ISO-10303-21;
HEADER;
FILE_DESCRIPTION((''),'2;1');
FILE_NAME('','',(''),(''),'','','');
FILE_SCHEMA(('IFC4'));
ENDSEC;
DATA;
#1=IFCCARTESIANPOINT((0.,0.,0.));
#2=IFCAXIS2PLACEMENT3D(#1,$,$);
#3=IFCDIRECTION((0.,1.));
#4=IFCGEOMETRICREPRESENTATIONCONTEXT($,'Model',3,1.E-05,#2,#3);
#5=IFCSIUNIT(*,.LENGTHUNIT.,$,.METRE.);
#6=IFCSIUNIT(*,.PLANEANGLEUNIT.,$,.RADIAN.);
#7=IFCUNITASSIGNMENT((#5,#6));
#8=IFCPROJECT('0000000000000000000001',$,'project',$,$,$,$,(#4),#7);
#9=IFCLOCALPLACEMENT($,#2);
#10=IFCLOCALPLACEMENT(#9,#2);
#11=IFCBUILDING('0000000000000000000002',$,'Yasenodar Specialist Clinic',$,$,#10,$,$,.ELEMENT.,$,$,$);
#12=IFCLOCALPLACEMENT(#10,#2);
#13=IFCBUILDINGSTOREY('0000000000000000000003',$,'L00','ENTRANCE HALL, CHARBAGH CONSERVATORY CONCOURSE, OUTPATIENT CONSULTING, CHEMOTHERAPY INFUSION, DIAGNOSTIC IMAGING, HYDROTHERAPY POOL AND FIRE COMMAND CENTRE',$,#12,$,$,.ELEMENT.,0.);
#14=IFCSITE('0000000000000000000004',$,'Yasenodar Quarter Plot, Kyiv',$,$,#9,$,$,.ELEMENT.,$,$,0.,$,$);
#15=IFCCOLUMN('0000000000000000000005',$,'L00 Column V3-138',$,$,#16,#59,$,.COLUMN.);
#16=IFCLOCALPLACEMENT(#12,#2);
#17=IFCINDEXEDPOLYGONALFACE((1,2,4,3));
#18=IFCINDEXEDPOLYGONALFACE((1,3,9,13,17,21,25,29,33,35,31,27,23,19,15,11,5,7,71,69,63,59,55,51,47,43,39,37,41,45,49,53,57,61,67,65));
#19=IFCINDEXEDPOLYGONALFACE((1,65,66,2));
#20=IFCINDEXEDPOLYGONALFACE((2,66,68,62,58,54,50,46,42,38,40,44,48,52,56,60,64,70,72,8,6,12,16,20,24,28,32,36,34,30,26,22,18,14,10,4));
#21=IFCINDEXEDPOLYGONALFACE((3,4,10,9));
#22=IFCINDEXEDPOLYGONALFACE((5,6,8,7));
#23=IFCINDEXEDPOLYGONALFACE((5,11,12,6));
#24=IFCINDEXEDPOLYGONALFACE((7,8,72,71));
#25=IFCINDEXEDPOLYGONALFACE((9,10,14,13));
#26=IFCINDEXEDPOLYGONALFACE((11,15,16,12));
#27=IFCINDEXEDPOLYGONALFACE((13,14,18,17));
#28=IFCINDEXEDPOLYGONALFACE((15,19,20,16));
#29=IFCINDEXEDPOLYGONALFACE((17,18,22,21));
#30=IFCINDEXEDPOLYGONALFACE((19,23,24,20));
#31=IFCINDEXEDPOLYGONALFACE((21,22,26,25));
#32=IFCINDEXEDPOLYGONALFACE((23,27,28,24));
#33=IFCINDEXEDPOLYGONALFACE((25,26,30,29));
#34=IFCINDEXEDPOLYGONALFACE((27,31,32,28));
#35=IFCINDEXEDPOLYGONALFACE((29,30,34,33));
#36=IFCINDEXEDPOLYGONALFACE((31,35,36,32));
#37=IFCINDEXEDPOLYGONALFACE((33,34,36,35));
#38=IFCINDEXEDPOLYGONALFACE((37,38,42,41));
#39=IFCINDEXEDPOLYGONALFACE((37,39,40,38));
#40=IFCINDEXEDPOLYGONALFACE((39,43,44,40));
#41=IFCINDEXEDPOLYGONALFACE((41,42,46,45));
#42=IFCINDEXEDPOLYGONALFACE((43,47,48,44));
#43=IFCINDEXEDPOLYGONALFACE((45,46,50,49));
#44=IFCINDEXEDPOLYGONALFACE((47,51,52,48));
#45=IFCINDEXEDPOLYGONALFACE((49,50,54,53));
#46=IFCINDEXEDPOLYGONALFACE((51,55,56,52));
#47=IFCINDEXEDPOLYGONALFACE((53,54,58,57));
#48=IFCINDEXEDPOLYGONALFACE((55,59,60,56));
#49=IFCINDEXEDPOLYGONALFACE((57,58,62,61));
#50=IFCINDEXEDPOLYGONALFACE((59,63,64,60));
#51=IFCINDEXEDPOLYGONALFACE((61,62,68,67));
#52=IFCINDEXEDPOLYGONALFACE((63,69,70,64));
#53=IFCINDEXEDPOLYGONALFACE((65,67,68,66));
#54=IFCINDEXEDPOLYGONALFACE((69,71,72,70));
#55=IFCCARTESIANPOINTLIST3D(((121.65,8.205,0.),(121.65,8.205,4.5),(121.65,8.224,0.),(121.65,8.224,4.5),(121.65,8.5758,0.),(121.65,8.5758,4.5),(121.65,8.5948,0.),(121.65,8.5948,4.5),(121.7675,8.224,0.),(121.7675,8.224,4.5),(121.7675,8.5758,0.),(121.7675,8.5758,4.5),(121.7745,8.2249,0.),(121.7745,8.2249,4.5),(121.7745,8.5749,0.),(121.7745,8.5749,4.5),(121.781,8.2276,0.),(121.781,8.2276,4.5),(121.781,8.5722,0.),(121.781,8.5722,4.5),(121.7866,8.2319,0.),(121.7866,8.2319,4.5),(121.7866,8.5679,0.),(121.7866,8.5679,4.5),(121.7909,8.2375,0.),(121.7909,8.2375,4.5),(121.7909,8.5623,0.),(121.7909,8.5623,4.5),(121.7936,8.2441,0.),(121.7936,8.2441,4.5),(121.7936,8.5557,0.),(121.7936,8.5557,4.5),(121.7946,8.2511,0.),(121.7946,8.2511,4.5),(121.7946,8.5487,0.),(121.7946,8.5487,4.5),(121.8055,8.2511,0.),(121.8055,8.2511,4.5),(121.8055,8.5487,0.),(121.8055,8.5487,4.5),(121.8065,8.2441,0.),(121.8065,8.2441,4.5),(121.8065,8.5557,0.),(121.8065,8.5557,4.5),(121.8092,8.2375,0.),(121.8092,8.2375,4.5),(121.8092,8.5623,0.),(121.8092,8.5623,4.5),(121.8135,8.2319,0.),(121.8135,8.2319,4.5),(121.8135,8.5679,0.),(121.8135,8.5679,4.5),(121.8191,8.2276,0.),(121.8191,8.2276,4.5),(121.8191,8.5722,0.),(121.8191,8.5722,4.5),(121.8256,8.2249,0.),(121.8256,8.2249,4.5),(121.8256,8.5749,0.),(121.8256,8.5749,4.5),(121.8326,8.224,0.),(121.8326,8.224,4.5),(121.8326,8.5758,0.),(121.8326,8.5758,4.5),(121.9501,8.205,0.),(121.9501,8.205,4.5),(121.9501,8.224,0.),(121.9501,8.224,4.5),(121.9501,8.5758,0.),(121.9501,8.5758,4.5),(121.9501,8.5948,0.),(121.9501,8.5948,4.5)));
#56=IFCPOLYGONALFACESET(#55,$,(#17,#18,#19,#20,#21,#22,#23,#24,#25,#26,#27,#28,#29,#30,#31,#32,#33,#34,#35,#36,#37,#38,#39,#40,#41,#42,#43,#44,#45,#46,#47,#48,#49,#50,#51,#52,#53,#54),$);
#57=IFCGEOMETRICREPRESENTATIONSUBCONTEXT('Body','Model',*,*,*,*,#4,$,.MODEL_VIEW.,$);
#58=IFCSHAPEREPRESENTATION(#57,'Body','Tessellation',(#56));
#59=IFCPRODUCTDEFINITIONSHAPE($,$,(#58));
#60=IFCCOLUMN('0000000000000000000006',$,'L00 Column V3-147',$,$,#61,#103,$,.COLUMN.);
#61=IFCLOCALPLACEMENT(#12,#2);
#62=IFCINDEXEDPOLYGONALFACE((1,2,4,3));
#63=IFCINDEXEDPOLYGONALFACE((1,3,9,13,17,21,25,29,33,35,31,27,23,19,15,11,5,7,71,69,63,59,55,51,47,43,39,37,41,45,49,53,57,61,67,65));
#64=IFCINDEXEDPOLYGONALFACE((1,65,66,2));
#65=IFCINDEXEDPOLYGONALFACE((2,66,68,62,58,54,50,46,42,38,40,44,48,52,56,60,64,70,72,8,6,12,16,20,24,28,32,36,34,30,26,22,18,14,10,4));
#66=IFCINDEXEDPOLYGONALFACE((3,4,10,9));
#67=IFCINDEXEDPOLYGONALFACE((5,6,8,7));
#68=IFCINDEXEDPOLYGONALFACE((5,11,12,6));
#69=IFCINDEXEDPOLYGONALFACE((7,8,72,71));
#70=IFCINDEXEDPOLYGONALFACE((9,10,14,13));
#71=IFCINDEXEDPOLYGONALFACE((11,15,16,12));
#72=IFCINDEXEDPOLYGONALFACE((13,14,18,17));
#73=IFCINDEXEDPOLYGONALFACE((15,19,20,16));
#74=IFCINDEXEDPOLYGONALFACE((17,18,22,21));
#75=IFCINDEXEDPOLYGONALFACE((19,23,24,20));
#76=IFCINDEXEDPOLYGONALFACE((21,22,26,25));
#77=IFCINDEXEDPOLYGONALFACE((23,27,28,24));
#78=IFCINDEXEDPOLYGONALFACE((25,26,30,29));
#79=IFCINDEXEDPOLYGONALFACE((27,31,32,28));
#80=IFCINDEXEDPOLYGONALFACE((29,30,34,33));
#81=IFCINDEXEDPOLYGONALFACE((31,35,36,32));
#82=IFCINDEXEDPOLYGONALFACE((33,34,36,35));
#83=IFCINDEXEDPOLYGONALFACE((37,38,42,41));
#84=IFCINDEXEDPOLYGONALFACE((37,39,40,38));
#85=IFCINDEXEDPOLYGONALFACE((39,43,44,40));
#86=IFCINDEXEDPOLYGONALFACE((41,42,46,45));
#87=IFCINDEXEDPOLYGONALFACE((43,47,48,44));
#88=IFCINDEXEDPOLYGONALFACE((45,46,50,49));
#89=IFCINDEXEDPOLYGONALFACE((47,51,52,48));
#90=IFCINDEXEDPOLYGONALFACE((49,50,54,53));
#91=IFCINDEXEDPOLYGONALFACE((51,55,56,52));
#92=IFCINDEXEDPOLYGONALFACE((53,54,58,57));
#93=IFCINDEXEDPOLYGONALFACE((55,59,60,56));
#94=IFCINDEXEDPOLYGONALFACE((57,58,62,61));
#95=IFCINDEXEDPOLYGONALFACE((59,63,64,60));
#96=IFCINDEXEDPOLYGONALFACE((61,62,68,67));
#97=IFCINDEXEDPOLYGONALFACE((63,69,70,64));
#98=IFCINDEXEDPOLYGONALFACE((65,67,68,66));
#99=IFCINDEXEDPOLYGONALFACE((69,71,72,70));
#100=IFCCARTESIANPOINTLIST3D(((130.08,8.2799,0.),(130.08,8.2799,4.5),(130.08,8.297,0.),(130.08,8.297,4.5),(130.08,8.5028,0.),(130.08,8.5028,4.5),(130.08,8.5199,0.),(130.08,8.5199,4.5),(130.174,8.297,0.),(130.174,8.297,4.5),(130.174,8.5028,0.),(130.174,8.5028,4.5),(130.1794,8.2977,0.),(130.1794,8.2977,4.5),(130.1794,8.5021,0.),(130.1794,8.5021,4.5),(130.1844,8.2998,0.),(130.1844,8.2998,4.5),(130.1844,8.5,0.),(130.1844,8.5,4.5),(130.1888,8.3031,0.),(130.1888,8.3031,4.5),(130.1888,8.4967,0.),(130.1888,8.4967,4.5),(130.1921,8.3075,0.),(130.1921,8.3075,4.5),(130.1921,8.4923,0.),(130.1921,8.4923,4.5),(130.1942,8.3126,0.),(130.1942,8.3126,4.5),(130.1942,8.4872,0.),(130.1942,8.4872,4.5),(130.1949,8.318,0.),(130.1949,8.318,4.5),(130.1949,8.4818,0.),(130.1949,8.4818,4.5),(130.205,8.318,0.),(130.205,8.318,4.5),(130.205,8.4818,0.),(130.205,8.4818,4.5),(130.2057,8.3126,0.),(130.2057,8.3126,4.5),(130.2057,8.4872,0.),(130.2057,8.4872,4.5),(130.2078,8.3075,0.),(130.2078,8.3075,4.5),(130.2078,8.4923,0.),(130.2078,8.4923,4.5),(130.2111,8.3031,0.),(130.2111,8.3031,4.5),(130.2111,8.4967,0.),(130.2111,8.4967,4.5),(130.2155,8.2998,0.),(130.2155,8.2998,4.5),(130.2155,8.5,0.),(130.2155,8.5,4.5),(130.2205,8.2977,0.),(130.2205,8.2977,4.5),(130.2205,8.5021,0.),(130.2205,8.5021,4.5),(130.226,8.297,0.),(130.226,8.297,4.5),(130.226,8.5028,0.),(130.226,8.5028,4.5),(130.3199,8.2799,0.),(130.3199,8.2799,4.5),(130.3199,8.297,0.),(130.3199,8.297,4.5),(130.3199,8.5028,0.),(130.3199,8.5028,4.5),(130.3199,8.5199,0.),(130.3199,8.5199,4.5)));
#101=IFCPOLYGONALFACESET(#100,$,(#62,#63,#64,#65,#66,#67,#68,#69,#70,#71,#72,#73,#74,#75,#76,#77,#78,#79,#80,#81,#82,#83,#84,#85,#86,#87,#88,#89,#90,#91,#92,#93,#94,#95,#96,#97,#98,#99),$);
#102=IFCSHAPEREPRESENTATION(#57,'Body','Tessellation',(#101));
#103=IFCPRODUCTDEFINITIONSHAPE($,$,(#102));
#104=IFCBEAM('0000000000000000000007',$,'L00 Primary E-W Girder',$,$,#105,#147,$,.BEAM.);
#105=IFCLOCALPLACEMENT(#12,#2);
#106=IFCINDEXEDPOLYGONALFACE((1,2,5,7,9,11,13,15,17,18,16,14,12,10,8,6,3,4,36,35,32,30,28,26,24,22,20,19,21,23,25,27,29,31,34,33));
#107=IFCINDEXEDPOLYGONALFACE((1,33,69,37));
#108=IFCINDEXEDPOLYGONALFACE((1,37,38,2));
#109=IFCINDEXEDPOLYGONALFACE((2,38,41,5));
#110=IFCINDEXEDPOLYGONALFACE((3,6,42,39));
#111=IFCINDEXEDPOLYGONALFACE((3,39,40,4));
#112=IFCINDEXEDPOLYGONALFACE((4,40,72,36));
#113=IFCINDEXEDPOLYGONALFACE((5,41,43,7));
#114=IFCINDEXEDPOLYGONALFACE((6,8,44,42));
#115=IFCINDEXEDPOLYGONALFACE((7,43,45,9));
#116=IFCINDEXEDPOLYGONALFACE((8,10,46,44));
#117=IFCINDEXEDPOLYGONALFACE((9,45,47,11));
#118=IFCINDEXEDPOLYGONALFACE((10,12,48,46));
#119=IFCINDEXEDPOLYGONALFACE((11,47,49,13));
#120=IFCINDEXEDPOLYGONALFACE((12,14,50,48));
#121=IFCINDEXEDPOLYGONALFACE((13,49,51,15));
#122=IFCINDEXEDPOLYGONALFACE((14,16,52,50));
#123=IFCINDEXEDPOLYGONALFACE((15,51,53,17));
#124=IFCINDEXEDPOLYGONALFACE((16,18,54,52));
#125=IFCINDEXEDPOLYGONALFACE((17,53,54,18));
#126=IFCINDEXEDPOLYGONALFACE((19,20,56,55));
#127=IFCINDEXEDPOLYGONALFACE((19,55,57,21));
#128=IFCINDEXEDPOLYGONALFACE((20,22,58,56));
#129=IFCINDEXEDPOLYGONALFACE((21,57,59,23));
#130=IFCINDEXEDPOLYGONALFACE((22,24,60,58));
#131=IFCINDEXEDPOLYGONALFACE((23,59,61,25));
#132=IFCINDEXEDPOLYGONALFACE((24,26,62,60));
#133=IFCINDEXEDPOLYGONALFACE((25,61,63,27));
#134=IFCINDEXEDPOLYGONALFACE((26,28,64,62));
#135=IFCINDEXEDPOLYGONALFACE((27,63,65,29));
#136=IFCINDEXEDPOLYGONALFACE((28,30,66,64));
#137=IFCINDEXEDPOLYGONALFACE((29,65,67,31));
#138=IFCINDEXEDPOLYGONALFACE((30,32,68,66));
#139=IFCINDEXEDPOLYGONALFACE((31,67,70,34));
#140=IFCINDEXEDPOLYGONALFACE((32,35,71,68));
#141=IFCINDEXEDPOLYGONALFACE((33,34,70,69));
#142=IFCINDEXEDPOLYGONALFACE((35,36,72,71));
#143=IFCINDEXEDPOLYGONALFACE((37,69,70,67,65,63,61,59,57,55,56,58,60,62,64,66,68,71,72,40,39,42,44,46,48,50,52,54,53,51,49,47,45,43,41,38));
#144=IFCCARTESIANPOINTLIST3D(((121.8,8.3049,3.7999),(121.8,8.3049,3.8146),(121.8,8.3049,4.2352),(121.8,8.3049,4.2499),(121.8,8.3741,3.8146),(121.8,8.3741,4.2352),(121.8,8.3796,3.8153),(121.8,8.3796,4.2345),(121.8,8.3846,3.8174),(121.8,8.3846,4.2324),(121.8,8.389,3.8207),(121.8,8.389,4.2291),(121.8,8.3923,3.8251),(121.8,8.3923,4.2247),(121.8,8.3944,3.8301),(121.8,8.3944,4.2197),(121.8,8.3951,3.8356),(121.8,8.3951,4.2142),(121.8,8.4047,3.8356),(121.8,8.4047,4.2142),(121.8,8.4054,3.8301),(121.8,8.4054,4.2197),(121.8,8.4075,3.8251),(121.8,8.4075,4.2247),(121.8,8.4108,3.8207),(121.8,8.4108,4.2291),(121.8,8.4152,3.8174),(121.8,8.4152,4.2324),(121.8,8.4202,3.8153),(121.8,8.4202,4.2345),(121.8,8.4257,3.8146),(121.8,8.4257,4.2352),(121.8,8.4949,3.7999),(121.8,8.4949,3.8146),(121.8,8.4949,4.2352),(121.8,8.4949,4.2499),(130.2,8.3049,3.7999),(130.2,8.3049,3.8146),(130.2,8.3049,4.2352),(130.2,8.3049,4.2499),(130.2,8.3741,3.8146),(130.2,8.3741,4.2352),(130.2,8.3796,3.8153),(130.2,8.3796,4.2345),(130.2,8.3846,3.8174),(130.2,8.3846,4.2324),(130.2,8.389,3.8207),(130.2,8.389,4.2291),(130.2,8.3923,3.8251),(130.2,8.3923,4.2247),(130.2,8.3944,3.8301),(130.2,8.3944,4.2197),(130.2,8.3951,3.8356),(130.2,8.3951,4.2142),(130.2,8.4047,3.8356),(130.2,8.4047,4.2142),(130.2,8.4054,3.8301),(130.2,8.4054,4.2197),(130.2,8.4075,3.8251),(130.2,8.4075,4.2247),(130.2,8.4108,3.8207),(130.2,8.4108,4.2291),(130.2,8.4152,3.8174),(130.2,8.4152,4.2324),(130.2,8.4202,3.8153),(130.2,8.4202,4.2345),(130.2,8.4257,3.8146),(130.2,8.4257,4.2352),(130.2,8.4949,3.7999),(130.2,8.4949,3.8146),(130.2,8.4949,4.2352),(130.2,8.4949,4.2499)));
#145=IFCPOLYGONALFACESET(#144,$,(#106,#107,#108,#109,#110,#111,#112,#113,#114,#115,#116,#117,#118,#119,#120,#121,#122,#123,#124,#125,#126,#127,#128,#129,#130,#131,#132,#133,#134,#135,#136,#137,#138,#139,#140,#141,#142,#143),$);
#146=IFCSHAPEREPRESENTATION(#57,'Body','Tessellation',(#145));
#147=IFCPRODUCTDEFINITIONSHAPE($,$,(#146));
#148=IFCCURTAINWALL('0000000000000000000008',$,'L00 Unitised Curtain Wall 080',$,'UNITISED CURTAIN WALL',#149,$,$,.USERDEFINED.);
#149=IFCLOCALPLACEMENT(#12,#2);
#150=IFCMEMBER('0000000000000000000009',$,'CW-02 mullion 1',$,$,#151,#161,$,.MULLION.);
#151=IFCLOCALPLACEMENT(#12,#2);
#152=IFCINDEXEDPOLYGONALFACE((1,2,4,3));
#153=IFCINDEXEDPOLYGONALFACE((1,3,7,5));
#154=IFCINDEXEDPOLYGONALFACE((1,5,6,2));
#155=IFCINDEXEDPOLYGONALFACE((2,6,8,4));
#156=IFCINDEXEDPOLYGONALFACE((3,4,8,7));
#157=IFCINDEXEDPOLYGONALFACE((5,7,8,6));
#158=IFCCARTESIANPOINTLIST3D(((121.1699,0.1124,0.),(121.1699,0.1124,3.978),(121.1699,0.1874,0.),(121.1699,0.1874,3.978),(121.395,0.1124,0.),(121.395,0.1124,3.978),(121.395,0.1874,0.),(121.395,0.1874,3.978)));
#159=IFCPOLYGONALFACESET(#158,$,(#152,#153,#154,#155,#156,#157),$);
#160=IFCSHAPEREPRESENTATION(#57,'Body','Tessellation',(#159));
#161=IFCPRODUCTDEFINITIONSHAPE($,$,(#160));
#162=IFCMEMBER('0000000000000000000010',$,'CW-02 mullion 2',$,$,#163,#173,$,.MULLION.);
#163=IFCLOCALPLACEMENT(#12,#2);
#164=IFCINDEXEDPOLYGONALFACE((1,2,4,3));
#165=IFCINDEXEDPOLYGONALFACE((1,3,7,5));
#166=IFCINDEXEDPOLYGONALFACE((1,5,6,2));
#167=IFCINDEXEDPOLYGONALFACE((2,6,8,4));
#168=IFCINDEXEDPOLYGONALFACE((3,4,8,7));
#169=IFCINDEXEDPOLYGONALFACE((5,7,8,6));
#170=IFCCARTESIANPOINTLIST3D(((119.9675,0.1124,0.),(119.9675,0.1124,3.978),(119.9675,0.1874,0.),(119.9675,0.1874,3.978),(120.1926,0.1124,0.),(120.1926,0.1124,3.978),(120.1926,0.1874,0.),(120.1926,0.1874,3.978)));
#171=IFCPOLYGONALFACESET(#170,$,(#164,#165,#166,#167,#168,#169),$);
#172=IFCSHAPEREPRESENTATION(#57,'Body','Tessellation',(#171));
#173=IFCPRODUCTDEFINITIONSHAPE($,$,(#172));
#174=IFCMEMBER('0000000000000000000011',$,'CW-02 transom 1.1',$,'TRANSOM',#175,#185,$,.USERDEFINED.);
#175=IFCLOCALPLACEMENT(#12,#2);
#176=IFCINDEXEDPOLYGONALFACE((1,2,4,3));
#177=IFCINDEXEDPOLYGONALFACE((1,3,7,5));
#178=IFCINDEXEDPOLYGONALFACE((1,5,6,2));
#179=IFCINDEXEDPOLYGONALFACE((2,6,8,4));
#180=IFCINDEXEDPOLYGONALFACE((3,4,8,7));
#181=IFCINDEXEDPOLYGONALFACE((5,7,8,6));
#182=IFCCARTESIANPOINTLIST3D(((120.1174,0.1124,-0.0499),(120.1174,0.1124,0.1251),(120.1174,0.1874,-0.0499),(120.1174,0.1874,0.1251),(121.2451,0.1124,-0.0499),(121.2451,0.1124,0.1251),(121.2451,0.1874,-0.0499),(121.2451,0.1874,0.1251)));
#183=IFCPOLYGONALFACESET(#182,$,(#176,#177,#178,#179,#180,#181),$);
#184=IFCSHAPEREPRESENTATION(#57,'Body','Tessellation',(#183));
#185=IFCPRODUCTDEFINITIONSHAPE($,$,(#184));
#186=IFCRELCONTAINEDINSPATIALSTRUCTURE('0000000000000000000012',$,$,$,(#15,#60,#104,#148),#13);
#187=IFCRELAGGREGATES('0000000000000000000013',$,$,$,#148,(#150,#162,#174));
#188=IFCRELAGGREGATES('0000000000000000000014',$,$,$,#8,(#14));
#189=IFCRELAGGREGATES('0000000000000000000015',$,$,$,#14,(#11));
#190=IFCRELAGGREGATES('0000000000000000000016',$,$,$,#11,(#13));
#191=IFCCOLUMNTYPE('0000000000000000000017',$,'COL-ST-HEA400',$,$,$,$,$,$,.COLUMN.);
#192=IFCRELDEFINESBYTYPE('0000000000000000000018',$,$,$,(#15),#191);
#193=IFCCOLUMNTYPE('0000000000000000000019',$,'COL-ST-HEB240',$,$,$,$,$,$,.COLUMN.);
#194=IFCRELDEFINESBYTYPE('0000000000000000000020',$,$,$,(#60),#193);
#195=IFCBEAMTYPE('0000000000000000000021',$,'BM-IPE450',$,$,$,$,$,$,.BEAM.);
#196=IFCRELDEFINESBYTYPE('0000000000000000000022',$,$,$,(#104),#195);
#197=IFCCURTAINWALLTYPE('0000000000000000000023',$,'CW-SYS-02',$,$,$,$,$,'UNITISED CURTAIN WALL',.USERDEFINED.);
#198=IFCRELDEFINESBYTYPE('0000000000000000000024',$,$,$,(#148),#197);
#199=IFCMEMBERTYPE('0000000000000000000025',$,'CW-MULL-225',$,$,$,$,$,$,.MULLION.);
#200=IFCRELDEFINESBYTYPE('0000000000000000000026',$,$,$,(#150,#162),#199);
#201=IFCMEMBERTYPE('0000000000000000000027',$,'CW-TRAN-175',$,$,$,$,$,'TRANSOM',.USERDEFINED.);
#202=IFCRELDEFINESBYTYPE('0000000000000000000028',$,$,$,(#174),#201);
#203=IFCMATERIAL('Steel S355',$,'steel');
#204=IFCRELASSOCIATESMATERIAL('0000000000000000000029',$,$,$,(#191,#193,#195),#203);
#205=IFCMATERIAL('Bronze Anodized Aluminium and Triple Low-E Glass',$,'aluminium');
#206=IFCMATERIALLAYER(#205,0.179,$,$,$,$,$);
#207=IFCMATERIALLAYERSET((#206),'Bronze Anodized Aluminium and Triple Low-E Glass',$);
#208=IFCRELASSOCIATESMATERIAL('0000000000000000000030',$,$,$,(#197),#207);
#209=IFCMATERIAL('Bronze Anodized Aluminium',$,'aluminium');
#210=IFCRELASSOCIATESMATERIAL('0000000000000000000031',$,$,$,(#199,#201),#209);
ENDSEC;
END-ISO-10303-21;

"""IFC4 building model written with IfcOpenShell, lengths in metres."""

from ifc_helpers import new_model, si_unit, direction, frame, origin, origin_2d, place, context, subcontext, project, spatial, rectangle, i_section, extrude, material, layer, layer_set, material_profile, profile_set, type_object, element, aggregate, save


model = new_model("IFC4")

# Units and contexts
model_context = context("Model", 3, precision=1e-05, world=origin(), true_north=direction((0.0, 1.0)))
body_context = subcontext(model_context, "Body", "Model", "MODEL_VIEW")
ifc_project = project(units=[si_unit("LENGTHUNIT", "METRE"), si_unit("PLANEANGLEUNIT", "RADIAN")], contexts=[model_context])

# Site, building, storey
site_placement = place(None, origin())
site = spatial("IfcSite", under=ifc_project, at=site_placement, Name="Yasenodar Quarter Plot, Kyiv", CompositionType="ELEMENT", RefElevation=0.0)
building_placement = place(site_placement, origin())
building = spatial("IfcBuilding", under=site, at=building_placement, Name="Yasenodar Specialist Clinic", CompositionType="ELEMENT")
storey_placement = place(building_placement, origin())
storey = spatial("IfcBuildingStorey", under=building, at=storey_placement, Name="L00", Description="ENTRANCE HALL, CHARBAGH CONSERVATORY CONCOURSE, OUTPATIENT CONSULTING, CHEMOTHERAPY INFUSION, DIAGNOSTIC IMAGING, HYDROTHERAPY POOL AND FIRE COMMAND CENTRE", CompositionType="ELEMENT", Elevation=0.0)

# Columns
ifc_material_1 = material(Name="Steel S355", Category="steel")
ifc_material_profile_1 = material_profile(ifc_material_1, i_section(OverallWidth=0.3, OverallDepth=0.3899, WebThickness=0.011, FlangeThickness=0.019, FilletRadius=0.0271, at=origin_2d()), Name="HEA 400")
ifc_profile_set_1 = profile_set([ifc_material_profile_1], Name="Steel S355")
column_type_1 = type_object("IfcColumnType", Name="COL-ST-HEA400", PredefinedType="COLUMN", material=ifc_profile_set_1)
column_1_placement = place(storey_placement, frame((121.8, 8.3999, 0.0), z_axis=(0.0, 0.0, 1.0), x_axis=(1.0, 0.0, 0.0)))
element("IfcColumn", 1, at=column_1_placement, inside=storey, type_object=column_type_1, Name="L00 Column V3-138", PredefinedType="COLUMN", context=body_context, shape_type="SweptSolid", body=[
    extrude(i_section(OverallWidth=0.3, OverallDepth=0.3899, WebThickness=0.011, FlangeThickness=0.019, FilletRadius=0.0271, at=origin_2d()), origin(), (0.0, 0.0, 1.0), 4.5),
])
ifc_material_profile_2 = material_profile(ifc_material_1, i_section(OverallWidth=0.24, OverallDepth=0.24, WebThickness=0.01, FlangeThickness=0.0171, FilletRadius=0.021, at=origin_2d()), Name="HEB 240")
ifc_profile_set_2 = profile_set([ifc_material_profile_2], Name="Steel S355")
column_type_2 = type_object("IfcColumnType", Name="COL-ST-HEB240", PredefinedType="COLUMN", material=ifc_profile_set_2)
column_2_placement = place(storey_placement, frame((130.2, 8.3999, 0.0), z_axis=(0.0, 0.0, 1.0), x_axis=(1.0, 0.0, 0.0)))
element("IfcColumn", 2, at=column_2_placement, inside=storey, type_object=column_type_2, Name="L00 Column V3-147", PredefinedType="COLUMN", context=body_context, shape_type="SweptSolid", body=[
    extrude(i_section(OverallWidth=0.24, OverallDepth=0.24, WebThickness=0.01, FlangeThickness=0.0171, FilletRadius=0.021, at=origin_2d()), origin(), (0.0, 0.0, 1.0), 4.5),
])

# Beam
ifc_material_profile_3 = material_profile(ifc_material_1, i_section(OverallWidth=0.1899, OverallDepth=0.45, WebThickness=0.0095, FlangeThickness=0.0146, FilletRadius=0.021, at=origin_2d()), Name="IPE 450")
ifc_profile_set_3 = profile_set([ifc_material_profile_3], Name="Steel S355")
beam_type_1 = type_object("IfcBeamType", Name="BM-IPE450", PredefinedType="BEAM", material=ifc_profile_set_3)
beam_1_placement = place(storey_placement, frame((121.8, 8.3999, 4.0249), z_axis=(1.0, 0.0, 0.0), x_axis=(0.0, 1.0, 0.0)))
element("IfcBeam", 3, at=beam_1_placement, inside=storey, type_object=beam_type_1, Name="L00 Primary E-W Girder", PredefinedType="BEAM", context=body_context, shape_type="SweptSolid", body=[
    extrude(i_section(OverallWidth=0.1899, OverallDepth=0.45, WebThickness=0.0095, FlangeThickness=0.0146, FilletRadius=0.021, at=origin_2d()), origin(), (0.0, 0.0, 1.0), 8.3999),
])

# Curtain wall, members
ifc_material_2 = material(Name="Bronze Anodized Aluminium and Triple Low-E Glass", Category="aluminium")
ifc_layer_1 = layer(ifc_material_2, 0.179)
ifc_layer_set_1 = layer_set([ifc_layer_1], Name="Bronze Anodized Aluminium and Triple Low-E Glass")
curtain_wall_type = type_object("IfcCurtainWallType", Name="CW-SYS-02", ElementType="UNITISED CURTAIN WALL", PredefinedType="USERDEFINED", material=ifc_layer_set_1)
curtain_wall_placement = place(storey_placement, origin())
curtain_wall = element("IfcCurtainWall", 4, at=curtain_wall_placement, inside=storey, type_object=curtain_wall_type, Name="L00 Unitised Curtain Wall 080", ObjectType="UNITISED CURTAIN WALL", PredefinedType="USERDEFINED")
ifc_material_3 = material(Name="Bronze Anodized Aluminium", Category="aluminium")
ifc_material_profile_4 = material_profile(ifc_material_3, rectangle(XDim=0.075, YDim=0.2251, at=origin_2d()), Name="CW-MULL 75x225")
ifc_profile_set_4 = profile_set([ifc_material_profile_4], Name="Bronze Anodized Aluminium")
member_type_1 = type_object("IfcMemberType", Name="CW-MULL-225", PredefinedType="MULLION", material=ifc_profile_set_4)
member_1_placement = place(storey_placement, frame((121.2825, 0.1499, 0.0), z_axis=(0.0, 0.0, 1.0), x_axis=(0.0, -1.0, 0.0)))
member_1 = element("IfcMember", 5, at=member_1_placement, type_object=member_type_1, Name="CW-02 mullion 1", PredefinedType="MULLION", context=body_context, shape_type="SweptSolid", body=[
    extrude(rectangle(XDim=0.075, YDim=0.2251, at=origin_2d()), origin(), (0.0, 0.0, 1.0), 3.978),
])
member_2_placement = place(storey_placement, frame((120.0801, 0.1499, 0.0), z_axis=(0.0, 0.0, 1.0), x_axis=(0.0, -1.0, 0.0)))
member_2 = element("IfcMember", 6, at=member_2_placement, type_object=member_type_1, Name="CW-02 mullion 2", PredefinedType="MULLION", context=body_context, shape_type="SweptSolid", body=[
    extrude(rectangle(XDim=0.075, YDim=0.2251, at=origin_2d()), origin(), (0.0, 0.0, 1.0), 3.978),
])
ifc_material_profile_5 = material_profile(ifc_material_3, rectangle(XDim=0.075, YDim=0.175, at=origin_2d()), Name="CW-TRAN 75x175")
ifc_profile_set_5 = profile_set([ifc_material_profile_5], Name="Bronze Anodized Aluminium")
member_type_2 = type_object("IfcMemberType", Name="CW-TRAN-175", ElementType="TRANSOM", PredefinedType="USERDEFINED", material=ifc_profile_set_5)
member_3_placement = place(storey_placement, frame((121.2451, 0.1499, 0.0376), z_axis=(-1.0, 0.0, 0.0), x_axis=(0.0, -1.0, 0.0)))
member_3 = element("IfcMember", 7, at=member_3_placement, type_object=member_type_2, Name="CW-02 transom 1.1", ObjectType="TRANSOM", PredefinedType="USERDEFINED", context=body_context, shape_type="SweptSolid", body=[
    extrude(rectangle(XDim=0.075, YDim=0.175, at=origin_2d()), origin(), (0.0, 0.0, 1.0), 1.1277),
])

aggregate(curtain_wall, [member_1, member_2, member_3])

save(model, "model.ifc")
